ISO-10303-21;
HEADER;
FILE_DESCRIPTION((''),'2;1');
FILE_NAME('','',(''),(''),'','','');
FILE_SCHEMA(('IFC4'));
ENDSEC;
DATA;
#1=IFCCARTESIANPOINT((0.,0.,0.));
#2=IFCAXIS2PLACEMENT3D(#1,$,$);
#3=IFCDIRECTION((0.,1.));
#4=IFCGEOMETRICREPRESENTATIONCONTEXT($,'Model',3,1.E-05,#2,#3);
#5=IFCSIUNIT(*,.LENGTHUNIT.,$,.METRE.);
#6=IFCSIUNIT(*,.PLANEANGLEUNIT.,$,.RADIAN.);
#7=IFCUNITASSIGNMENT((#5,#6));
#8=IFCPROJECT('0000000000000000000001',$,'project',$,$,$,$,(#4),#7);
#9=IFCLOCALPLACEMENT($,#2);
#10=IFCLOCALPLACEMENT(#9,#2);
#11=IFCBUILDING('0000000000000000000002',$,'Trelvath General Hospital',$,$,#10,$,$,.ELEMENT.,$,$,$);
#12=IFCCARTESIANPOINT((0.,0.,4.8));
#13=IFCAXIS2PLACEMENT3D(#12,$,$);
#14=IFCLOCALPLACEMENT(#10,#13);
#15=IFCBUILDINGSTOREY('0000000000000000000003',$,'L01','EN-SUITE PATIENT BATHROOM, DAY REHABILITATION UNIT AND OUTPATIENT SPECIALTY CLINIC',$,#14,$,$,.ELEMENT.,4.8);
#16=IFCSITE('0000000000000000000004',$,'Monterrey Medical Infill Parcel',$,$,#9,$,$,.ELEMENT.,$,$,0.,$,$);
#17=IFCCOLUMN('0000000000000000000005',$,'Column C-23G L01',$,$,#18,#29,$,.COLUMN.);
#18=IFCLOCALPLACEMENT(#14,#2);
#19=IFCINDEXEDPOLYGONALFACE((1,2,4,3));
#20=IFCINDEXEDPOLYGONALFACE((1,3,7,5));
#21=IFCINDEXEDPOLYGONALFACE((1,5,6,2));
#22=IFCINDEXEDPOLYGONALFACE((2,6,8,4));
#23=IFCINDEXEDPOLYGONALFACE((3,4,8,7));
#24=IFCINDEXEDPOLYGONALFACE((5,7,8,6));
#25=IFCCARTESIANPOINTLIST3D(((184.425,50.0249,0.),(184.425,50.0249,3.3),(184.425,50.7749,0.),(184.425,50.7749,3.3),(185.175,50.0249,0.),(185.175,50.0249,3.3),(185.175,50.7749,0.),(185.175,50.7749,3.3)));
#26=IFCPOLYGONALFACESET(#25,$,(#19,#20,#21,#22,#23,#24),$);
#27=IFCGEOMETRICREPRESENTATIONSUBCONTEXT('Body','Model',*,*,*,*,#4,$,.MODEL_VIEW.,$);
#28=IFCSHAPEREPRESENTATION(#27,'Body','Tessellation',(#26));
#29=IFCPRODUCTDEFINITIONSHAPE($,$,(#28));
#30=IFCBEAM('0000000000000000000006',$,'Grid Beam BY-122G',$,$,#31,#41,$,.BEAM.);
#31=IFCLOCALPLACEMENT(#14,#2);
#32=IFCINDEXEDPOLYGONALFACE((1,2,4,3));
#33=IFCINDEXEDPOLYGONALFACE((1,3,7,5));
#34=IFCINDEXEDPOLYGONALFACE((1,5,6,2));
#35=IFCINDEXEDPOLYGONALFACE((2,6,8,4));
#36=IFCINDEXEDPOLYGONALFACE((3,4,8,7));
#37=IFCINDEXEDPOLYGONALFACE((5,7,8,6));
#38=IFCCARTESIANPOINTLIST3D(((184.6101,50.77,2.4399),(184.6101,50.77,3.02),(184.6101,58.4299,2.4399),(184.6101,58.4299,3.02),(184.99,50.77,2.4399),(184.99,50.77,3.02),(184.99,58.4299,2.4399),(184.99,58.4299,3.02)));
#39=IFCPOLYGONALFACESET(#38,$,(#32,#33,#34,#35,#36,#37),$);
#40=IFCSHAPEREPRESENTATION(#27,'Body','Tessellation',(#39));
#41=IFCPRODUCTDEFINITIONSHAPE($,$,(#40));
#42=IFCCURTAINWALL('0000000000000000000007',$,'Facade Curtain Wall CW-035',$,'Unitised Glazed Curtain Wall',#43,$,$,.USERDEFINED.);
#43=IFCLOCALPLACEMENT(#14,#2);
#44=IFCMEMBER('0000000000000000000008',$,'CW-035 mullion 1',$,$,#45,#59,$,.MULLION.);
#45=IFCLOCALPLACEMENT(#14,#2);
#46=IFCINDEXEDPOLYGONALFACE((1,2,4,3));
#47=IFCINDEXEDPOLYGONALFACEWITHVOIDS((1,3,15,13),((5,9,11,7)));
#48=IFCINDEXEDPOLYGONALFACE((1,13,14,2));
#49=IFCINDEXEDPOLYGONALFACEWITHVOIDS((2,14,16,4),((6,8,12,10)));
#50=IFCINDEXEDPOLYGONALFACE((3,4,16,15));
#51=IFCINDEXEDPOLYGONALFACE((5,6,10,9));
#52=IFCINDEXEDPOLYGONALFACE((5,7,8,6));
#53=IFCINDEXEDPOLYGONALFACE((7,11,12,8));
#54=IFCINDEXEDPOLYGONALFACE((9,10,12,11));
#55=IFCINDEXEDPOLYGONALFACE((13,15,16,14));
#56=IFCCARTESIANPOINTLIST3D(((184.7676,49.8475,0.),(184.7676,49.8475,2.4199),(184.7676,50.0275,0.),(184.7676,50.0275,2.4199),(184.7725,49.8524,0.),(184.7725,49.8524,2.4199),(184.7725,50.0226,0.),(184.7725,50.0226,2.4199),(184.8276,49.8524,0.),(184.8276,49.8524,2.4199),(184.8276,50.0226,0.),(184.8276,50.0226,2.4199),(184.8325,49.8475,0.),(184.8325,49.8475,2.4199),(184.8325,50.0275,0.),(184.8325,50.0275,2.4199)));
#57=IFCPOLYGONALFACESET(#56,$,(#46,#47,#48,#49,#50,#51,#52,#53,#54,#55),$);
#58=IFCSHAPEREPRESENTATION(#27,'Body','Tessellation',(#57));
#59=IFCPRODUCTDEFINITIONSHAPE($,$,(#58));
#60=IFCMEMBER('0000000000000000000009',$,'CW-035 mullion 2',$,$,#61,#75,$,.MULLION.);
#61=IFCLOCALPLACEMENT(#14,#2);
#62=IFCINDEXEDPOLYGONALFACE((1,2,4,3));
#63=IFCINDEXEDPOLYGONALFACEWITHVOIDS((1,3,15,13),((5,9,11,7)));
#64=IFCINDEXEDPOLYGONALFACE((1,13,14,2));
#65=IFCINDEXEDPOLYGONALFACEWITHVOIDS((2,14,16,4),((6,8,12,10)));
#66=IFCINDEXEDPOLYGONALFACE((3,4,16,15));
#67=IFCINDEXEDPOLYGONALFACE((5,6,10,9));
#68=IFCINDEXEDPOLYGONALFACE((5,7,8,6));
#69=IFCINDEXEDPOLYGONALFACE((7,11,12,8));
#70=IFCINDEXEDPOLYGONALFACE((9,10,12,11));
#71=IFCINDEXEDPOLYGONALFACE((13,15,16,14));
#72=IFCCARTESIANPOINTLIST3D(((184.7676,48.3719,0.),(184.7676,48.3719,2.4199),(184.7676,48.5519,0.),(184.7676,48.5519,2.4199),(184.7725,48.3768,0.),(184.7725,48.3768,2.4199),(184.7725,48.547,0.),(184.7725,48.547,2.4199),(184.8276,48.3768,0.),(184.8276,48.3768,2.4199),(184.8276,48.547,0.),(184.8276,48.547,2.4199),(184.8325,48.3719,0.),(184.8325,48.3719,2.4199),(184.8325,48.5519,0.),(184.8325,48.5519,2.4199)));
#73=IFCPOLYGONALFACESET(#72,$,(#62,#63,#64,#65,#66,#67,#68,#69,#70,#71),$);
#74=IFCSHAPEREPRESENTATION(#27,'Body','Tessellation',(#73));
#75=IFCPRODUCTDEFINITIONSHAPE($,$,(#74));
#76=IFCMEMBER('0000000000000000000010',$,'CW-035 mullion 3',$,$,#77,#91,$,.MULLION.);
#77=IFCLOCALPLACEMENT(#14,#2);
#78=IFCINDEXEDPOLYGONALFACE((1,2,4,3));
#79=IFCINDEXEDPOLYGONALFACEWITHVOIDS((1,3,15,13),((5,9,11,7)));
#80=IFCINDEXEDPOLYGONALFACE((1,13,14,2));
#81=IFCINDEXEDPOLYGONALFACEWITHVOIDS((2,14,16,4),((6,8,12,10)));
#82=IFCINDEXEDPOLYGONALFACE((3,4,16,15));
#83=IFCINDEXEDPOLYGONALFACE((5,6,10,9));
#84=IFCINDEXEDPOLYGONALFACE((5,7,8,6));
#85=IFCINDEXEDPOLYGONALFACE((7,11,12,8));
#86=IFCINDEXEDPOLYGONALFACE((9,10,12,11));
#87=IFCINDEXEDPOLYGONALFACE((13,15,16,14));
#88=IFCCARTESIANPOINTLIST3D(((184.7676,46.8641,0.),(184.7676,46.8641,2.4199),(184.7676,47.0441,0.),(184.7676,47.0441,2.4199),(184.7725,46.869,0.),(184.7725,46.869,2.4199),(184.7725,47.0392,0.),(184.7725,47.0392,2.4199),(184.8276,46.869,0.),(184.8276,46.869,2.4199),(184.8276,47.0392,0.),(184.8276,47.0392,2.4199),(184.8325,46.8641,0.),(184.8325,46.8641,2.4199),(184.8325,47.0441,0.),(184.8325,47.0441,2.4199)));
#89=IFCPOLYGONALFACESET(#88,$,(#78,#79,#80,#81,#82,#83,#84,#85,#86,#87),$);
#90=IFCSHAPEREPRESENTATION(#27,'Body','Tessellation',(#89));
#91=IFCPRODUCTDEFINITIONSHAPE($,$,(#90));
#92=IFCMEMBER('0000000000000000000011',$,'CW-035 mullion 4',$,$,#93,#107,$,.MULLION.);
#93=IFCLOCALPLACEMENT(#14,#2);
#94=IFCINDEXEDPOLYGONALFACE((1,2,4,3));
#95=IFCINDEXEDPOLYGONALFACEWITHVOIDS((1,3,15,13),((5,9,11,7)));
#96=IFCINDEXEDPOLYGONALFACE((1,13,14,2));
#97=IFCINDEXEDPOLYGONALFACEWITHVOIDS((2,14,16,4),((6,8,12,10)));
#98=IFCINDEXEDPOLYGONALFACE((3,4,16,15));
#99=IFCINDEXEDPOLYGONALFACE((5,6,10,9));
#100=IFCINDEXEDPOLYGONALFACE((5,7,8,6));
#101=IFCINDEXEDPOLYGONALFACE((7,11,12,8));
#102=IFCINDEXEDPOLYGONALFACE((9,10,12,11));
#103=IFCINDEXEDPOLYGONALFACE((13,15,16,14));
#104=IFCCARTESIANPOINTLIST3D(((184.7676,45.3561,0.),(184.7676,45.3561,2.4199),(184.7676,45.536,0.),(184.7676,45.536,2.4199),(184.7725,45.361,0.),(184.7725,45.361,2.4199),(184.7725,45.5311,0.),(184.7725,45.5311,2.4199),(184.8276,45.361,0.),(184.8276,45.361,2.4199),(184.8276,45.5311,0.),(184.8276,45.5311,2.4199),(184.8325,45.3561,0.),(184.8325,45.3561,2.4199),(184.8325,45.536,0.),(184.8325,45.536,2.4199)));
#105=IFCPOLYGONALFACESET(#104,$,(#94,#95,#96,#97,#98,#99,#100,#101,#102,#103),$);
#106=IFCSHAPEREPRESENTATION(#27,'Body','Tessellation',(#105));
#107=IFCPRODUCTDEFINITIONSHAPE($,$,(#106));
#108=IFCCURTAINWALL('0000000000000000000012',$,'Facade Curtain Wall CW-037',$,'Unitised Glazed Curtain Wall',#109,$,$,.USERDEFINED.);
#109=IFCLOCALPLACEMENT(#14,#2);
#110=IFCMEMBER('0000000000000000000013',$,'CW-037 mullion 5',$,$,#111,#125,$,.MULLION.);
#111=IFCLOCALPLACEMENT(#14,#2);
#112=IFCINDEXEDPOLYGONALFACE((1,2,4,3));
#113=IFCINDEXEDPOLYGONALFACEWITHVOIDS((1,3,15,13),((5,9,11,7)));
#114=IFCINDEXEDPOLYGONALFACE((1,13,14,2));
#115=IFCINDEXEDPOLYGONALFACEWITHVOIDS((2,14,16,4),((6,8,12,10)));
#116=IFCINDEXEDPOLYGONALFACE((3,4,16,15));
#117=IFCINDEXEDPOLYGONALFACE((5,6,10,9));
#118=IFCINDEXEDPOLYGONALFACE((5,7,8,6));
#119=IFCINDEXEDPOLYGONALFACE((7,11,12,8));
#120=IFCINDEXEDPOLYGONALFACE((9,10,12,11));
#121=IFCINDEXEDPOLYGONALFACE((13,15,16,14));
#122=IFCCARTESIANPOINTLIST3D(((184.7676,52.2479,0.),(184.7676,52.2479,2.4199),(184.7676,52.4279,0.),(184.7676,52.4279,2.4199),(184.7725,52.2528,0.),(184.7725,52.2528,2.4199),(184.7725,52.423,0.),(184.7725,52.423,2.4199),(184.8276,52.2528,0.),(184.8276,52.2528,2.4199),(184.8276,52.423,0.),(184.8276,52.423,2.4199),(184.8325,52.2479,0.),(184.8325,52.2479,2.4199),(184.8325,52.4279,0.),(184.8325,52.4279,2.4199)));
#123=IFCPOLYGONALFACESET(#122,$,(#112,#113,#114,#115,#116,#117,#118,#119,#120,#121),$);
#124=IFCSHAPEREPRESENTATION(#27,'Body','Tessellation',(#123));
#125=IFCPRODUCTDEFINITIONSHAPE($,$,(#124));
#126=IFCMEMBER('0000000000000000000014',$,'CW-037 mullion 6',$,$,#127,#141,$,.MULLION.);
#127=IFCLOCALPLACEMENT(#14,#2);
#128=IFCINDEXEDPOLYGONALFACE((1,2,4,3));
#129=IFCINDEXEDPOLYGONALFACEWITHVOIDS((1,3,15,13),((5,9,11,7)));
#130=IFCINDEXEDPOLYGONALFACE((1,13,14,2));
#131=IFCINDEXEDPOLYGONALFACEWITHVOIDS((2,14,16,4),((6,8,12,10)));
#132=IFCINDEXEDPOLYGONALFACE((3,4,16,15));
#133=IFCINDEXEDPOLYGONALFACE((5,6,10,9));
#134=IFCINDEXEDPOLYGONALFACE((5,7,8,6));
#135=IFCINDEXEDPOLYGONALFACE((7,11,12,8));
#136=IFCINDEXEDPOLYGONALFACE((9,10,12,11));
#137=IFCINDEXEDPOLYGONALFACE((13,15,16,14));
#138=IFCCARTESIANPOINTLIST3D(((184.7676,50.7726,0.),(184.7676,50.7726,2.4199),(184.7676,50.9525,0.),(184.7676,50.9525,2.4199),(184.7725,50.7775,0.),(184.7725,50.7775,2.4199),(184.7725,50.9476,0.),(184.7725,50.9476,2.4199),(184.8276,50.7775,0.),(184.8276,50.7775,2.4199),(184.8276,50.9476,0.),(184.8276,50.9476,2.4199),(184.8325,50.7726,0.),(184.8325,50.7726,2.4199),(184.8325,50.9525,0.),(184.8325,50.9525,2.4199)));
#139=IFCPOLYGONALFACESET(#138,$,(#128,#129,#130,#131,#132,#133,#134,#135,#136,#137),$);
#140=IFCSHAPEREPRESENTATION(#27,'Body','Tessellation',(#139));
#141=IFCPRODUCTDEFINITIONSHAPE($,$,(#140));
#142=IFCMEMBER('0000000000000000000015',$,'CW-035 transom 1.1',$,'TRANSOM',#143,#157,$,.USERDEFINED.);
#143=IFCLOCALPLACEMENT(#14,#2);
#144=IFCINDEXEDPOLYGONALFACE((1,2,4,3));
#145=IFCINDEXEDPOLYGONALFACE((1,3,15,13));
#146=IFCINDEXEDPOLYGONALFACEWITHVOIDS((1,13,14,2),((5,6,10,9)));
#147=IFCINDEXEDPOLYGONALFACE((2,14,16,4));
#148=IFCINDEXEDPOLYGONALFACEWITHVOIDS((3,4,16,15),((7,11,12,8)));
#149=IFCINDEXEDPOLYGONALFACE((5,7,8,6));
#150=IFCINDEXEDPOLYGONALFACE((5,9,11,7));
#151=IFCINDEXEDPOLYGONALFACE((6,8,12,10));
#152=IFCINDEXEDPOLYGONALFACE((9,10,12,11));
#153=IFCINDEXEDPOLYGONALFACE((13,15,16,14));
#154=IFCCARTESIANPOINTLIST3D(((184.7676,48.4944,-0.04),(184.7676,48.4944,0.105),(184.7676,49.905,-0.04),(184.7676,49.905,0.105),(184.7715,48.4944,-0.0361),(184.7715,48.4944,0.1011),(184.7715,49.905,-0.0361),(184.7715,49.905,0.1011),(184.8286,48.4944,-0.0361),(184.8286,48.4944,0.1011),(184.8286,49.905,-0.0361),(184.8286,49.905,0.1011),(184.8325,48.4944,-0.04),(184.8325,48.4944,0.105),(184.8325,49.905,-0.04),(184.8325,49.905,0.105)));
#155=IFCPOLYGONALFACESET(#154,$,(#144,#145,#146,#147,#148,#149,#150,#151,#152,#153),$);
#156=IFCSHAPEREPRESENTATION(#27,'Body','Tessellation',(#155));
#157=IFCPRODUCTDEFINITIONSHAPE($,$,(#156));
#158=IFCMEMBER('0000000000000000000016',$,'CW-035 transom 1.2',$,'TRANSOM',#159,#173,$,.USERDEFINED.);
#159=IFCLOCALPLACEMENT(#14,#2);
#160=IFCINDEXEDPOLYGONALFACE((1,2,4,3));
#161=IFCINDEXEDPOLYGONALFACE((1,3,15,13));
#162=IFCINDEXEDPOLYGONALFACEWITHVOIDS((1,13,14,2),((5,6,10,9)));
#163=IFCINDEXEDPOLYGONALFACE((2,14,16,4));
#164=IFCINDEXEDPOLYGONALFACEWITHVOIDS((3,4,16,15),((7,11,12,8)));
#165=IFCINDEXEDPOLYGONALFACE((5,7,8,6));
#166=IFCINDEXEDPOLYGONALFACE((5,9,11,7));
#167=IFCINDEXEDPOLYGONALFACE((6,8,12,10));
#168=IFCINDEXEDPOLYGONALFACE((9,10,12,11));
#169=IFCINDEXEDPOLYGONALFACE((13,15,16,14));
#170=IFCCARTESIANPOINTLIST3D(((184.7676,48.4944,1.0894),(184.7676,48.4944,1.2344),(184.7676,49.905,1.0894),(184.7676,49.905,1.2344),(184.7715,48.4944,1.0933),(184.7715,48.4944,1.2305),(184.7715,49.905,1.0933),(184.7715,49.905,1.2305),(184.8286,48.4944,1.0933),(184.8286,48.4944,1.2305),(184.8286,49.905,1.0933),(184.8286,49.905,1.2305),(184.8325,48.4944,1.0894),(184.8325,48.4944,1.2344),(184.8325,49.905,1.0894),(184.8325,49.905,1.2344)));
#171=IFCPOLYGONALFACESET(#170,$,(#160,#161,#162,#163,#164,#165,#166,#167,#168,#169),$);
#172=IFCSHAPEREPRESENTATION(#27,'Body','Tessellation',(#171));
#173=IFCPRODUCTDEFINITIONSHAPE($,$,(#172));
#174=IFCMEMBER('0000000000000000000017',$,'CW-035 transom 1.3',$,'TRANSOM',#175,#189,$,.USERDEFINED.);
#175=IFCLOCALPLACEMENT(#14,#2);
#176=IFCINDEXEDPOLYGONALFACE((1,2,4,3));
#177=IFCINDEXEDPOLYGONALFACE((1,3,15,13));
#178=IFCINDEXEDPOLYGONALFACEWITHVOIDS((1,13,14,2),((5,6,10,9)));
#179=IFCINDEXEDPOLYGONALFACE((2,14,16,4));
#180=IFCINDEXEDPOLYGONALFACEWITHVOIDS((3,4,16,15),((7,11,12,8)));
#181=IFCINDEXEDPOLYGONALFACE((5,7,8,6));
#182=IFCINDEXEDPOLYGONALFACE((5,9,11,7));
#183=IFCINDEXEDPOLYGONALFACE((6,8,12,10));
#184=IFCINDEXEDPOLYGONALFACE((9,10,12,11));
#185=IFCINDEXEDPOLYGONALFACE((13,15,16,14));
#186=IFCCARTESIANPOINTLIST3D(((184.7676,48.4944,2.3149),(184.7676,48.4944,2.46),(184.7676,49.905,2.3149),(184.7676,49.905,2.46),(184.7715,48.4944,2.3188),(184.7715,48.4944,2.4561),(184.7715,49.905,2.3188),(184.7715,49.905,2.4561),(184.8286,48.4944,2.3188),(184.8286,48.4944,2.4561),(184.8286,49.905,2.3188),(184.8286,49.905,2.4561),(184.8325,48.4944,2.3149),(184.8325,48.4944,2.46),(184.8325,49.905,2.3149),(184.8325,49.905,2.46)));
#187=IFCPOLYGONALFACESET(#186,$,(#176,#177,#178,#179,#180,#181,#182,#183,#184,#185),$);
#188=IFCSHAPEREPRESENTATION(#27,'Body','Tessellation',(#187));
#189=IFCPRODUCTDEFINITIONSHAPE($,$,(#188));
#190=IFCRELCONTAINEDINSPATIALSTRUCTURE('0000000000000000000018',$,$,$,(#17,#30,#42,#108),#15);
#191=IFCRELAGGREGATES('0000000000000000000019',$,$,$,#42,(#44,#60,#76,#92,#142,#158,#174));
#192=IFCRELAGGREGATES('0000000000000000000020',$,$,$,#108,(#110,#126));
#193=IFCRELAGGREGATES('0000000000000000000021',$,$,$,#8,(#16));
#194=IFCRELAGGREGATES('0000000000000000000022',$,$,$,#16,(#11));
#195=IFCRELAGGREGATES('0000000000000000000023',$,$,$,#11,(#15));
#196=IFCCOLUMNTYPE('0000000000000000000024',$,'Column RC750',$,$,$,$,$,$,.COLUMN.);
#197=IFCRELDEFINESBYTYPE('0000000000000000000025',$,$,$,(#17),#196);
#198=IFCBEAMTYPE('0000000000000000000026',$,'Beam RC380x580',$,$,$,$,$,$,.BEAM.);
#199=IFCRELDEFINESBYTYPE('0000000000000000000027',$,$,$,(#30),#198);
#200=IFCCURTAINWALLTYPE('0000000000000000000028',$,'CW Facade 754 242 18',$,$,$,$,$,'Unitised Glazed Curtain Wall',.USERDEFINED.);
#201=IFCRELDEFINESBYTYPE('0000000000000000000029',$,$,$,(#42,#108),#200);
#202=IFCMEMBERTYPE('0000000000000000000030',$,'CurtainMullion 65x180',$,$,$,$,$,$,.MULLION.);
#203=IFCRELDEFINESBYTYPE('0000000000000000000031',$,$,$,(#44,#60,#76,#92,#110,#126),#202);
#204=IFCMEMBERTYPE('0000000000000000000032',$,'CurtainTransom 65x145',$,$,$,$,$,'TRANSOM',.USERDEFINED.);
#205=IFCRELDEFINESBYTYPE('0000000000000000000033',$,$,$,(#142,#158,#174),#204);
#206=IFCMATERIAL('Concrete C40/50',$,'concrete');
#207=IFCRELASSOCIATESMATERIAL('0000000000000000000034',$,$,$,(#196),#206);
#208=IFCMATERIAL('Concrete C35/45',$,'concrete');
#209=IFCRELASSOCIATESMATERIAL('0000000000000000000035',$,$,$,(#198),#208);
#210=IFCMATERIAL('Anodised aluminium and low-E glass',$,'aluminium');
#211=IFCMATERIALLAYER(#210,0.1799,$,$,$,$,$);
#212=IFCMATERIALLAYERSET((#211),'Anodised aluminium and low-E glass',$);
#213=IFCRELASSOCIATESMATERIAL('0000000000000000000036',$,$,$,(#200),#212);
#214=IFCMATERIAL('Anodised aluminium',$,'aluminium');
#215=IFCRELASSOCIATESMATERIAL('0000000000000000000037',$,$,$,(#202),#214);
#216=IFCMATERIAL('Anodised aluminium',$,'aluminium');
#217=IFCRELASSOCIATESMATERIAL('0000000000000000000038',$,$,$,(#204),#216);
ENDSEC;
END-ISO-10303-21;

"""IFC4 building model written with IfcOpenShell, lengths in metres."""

from ifc_helpers import new_model, si_unit, direction, frame, origin, origin_2d, place, context, subcontext, project, spatial, rectangle, hollow_rectangle, extrude, material, layer, layer_set, material_profile, profile_set, type_object, element, aggregate, save


model = new_model("IFC4")

# Units and contexts
model_context = context("Model", 3, precision=1e-05, world=origin(), true_north=direction((0.0, 1.0)))
body_context = subcontext(model_context, "Body", "Model", "MODEL_VIEW")
ifc_project = project(units=[si_unit("LENGTHUNIT", "METRE"), si_unit("PLANEANGLEUNIT", "RADIAN")], contexts=[model_context])

# Site, building, storey
site_placement = place(None, origin())
site = spatial("IfcSite", under=ifc_project, at=site_placement, Name="Monterrey Medical Infill Parcel", CompositionType="ELEMENT", RefElevation=0.0)
building_placement = place(site_placement, origin())
building = spatial("IfcBuilding", under=site, at=building_placement, Name="Trelvath General Hospital", CompositionType="ELEMENT")
storey_placement = place(building_placement, frame((0.0, 0.0, 4.8)))
storey = spatial("IfcBuildingStorey", under=building, at=storey_placement, Name="L01", Description="EN-SUITE PATIENT BATHROOM, DAY REHABILITATION UNIT AND OUTPATIENT SPECIALTY CLINIC", CompositionType="ELEMENT", Elevation=4.8)

# Column
ifc_material_1 = material(Name="Concrete C40/50", Category="concrete")
ifc_material_profile_1 = material_profile(ifc_material_1, rectangle(XDim=0.75, YDim=0.75, at=origin_2d()), Name="RC750x750")
ifc_profile_set_1 = profile_set([ifc_material_profile_1], Name="Concrete C40/50")
column_type = type_object("IfcColumnType", Name="Column RC750", PredefinedType="COLUMN", material=ifc_profile_set_1)
column_placement = place(storey_placement, frame((184.8, 50.3999, 0.0), z_axis=(0.0, 0.0, 1.0), x_axis=(1.0, 0.0, 0.0)))
element("IfcColumn", 1, at=column_placement, inside=storey, type_object=column_type, Name="Column C-23G L01", PredefinedType="COLUMN", context=body_context, shape_type="SweptSolid", body=[
    extrude(rectangle(XDim=0.75, YDim=0.75, at=origin_2d()), origin(), (0.0, 0.0, 1.0), 3.3),
])

# Beam
ifc_material_2 = material(Name="Concrete C35/45", Category="concrete")
ifc_material_profile_2 = material_profile(ifc_material_2, rectangle(XDim=0.3799, YDim=0.5801, at=origin_2d()), Name="RCB380x580")
ifc_profile_set_2 = profile_set([ifc_material_profile_2], Name="Concrete C35/45")
beam_type = type_object("IfcBeamType", Name="Beam RC380x580", PredefinedType="BEAM", material=ifc_profile_set_2)
beam_placement = place(storey_placement, frame((184.8, 50.77, 2.73), z_axis=(0.0, 1.0, 0.0), x_axis=(-1.0, 0.0, 0.0)))
element("IfcBeam", 2, at=beam_placement, inside=storey, type_object=beam_type, Name="Grid Beam BY-122G", PredefinedType="BEAM", context=body_context, shape_type="SweptSolid", body=[
    extrude(rectangle(XDim=0.3799, YDim=0.5801, at=origin_2d()), origin(), (0.0, 0.0, 1.0), 7.6599),
])

# Curtain walls, members
ifc_material_3 = material(Name="Anodised aluminium and low-E glass", Category="aluminium")
ifc_layer_1 = layer(ifc_material_3, 0.1799)
ifc_layer_set_1 = layer_set([ifc_layer_1], Name="Anodised aluminium and low-E glass")
curtain_wall_type = type_object("IfcCurtainWallType", Name="CW Facade 754 242 18", ElementType="Unitised Glazed Curtain Wall", PredefinedType="USERDEFINED", material=ifc_layer_set_1)
curtain_wall_1_placement = place(storey_placement, origin())
curtain_wall_1 = element("IfcCurtainWall", 3, at=curtain_wall_1_placement, inside=storey, type_object=curtain_wall_type, Name="Facade Curtain Wall CW-035", ObjectType="Unitised Glazed Curtain Wall", PredefinedType="USERDEFINED")
ifc_material_4 = material(Name="Anodised aluminium", Category="aluminium")
ifc_material_profile_3 = material_profile(ifc_material_4, hollow_rectangle(XDim=0.0649, YDim=0.1799, WallThickness=0.0049, at=origin_2d()), Name="RHS65x180x5")
ifc_profile_set_3 = profile_set([ifc_material_profile_3], Name="Anodised aluminium")
member_type_1 = type_object("IfcMemberType", Name="CurtainMullion 65x180", PredefinedType="MULLION", material=ifc_profile_set_3)
member_1_placement = place(storey_placement, frame((184.8, 49.9375, 0.0), z_axis=(0.0, 0.0, 1.0), x_axis=(1.0, 0.0, 0.0)))
member_1 = element("IfcMember", 4, at=member_1_placement, type_object=member_type_1, Name="CW-035 mullion 1", PredefinedType="MULLION", context=body_context, shape_type="SweptSolid", body=[
    extrude(hollow_rectangle(XDim=0.0649, YDim=0.1799, WallThickness=0.0049, at=origin_2d()), origin(), (0.0, 0.0, 1.0), 2.4199),
])
member_2_placement = place(storey_placement, frame((184.8, 48.4619, 0.0), z_axis=(0.0, 0.0, 1.0), x_axis=(1.0, 0.0, 0.0)))
member_2 = element("IfcMember", 5, at=member_2_placement, type_object=member_type_1, Name="CW-035 mullion 2", PredefinedType="MULLION", context=body_context, shape_type="SweptSolid", body=[
    extrude(hollow_rectangle(XDim=0.0649, YDim=0.1799, WallThickness=0.0049, at=origin_2d()), origin(), (0.0, 0.0, 1.0), 2.4199),
])
member_3_placement = place(storey_placement, frame((184.8, 46.9541, 0.0), z_axis=(0.0, 0.0, 1.0), x_axis=(1.0, 0.0, 0.0)))
member_3 = element("IfcMember", 6, at=member_3_placement, type_object=member_type_1, Name="CW-035 mullion 3", PredefinedType="MULLION", context=body_context, shape_type="SweptSolid", body=[
    extrude(hollow_rectangle(XDim=0.0649, YDim=0.1799, WallThickness=0.0049, at=origin_2d()), origin(), (0.0, 0.0, 1.0), 2.4199),
])
member_4_placement = place(storey_placement, frame((184.8, 45.446, 0.0), z_axis=(0.0, 0.0, 1.0), x_axis=(1.0, 0.0, 0.0)))
member_4 = element("IfcMember", 7, at=member_4_placement, type_object=member_type_1, Name="CW-035 mullion 4", PredefinedType="MULLION", context=body_context, shape_type="SweptSolid", body=[
    extrude(hollow_rectangle(XDim=0.0649, YDim=0.1799, WallThickness=0.0049, at=origin_2d()), origin(), (0.0, 0.0, 1.0), 2.4199),
])
curtain_wall_2_placement = place(storey_placement, origin())
curtain_wall_2 = element("IfcCurtainWall", 8, at=curtain_wall_2_placement, inside=storey, type_object=curtain_wall_type, Name="Facade Curtain Wall CW-037", ObjectType="Unitised Glazed Curtain Wall", PredefinedType="USERDEFINED")
member_5_placement = place(storey_placement, frame((184.8, 52.3379, 0.0), z_axis=(0.0, 0.0, 1.0), x_axis=(1.0, 0.0, 0.0)))
member_5 = element("IfcMember", 9, at=member_5_placement, type_object=member_type_1, Name="CW-037 mullion 5", PredefinedType="MULLION", context=body_context, shape_type="SweptSolid", body=[
    extrude(hollow_rectangle(XDim=0.0649, YDim=0.1799, WallThickness=0.0049, at=origin_2d()), origin(), (0.0, 0.0, 1.0), 2.4199),
])
member_6_placement = place(storey_placement, frame((184.8, 50.8625, 0.0), z_axis=(0.0, 0.0, 1.0), x_axis=(1.0, 0.0, 0.0)))
member_6 = element("IfcMember", 10, at=member_6_placement, type_object=member_type_1, Name="CW-037 mullion 6", PredefinedType="MULLION", context=body_context, shape_type="SweptSolid", body=[
    extrude(hollow_rectangle(XDim=0.0649, YDim=0.1799, WallThickness=0.0049, at=origin_2d()), origin(), (0.0, 0.0, 1.0), 2.4199),
])

# Members
ifc_material_5 = material(Name="Anodised aluminium", Category="aluminium")
ifc_material_profile_4 = material_profile(ifc_material_5, hollow_rectangle(XDim=0.0649, YDim=0.145, WallThickness=0.0039, at=origin_2d()), Name="RHS65x145x4")
ifc_profile_set_4 = profile_set([ifc_material_profile_4], Name="Anodised aluminium")
member_type_2 = type_object("IfcMemberType", Name="CurtainTransom 65x145", ElementType="TRANSOM", PredefinedType="USERDEFINED", material=ifc_profile_set_4)
member_7_placement = place(storey_placement, frame((184.8, 49.905, 0.0325), z_axis=(0.0, -1.0, 0.0), x_axis=(1.0, 0.0, 0.0)))
member_7 = element("IfcMember", 11, at=member_7_placement, type_object=member_type_2, Name="CW-035 transom 1.1", ObjectType="TRANSOM", PredefinedType="USERDEFINED", context=body_context, shape_type="SweptSolid", body=[
    extrude(hollow_rectangle(XDim=0.0649, YDim=0.145, WallThickness=0.0039, at=origin_2d()), origin(), (0.0, 0.0, 1.0), 1.4106),
])
member_8_placement = place(storey_placement, frame((184.8, 49.905, 1.1619), z_axis=(0.0, -1.0, 0.0), x_axis=(1.0, 0.0, 0.0)))
member_8 = element("IfcMember", 12, at=member_8_placement, type_object=member_type_2, Name="CW-035 transom 1.2", ObjectType="TRANSOM", PredefinedType="USERDEFINED", context=body_context, shape_type="SweptSolid", body=[
    extrude(hollow_rectangle(XDim=0.0649, YDim=0.145, WallThickness=0.0039, at=origin_2d()), origin(), (0.0, 0.0, 1.0), 1.4106),
])
member_9_placement = place(storey_placement, frame((184.8, 49.905, 2.3875), z_axis=(0.0, -1.0, 0.0), x_axis=(1.0, 0.0, 0.0)))
member_9 = element("IfcMember", 13, at=member_9_placement, type_object=member_type_2, Name="CW-035 transom 1.3", ObjectType="TRANSOM", PredefinedType="USERDEFINED", context=body_context, shape_type="SweptSolid", body=[
    extrude(hollow_rectangle(XDim=0.0649, YDim=0.145, WallThickness=0.0039, at=origin_2d()), origin(), (0.0, 0.0, 1.0), 1.4106),
])

aggregate(curtain_wall_1, [member_1, member_2, member_3, member_4, member_7, member_8, member_9])
aggregate(curtain_wall_2, [member_5, member_6])

save(model, "model.ifc")
